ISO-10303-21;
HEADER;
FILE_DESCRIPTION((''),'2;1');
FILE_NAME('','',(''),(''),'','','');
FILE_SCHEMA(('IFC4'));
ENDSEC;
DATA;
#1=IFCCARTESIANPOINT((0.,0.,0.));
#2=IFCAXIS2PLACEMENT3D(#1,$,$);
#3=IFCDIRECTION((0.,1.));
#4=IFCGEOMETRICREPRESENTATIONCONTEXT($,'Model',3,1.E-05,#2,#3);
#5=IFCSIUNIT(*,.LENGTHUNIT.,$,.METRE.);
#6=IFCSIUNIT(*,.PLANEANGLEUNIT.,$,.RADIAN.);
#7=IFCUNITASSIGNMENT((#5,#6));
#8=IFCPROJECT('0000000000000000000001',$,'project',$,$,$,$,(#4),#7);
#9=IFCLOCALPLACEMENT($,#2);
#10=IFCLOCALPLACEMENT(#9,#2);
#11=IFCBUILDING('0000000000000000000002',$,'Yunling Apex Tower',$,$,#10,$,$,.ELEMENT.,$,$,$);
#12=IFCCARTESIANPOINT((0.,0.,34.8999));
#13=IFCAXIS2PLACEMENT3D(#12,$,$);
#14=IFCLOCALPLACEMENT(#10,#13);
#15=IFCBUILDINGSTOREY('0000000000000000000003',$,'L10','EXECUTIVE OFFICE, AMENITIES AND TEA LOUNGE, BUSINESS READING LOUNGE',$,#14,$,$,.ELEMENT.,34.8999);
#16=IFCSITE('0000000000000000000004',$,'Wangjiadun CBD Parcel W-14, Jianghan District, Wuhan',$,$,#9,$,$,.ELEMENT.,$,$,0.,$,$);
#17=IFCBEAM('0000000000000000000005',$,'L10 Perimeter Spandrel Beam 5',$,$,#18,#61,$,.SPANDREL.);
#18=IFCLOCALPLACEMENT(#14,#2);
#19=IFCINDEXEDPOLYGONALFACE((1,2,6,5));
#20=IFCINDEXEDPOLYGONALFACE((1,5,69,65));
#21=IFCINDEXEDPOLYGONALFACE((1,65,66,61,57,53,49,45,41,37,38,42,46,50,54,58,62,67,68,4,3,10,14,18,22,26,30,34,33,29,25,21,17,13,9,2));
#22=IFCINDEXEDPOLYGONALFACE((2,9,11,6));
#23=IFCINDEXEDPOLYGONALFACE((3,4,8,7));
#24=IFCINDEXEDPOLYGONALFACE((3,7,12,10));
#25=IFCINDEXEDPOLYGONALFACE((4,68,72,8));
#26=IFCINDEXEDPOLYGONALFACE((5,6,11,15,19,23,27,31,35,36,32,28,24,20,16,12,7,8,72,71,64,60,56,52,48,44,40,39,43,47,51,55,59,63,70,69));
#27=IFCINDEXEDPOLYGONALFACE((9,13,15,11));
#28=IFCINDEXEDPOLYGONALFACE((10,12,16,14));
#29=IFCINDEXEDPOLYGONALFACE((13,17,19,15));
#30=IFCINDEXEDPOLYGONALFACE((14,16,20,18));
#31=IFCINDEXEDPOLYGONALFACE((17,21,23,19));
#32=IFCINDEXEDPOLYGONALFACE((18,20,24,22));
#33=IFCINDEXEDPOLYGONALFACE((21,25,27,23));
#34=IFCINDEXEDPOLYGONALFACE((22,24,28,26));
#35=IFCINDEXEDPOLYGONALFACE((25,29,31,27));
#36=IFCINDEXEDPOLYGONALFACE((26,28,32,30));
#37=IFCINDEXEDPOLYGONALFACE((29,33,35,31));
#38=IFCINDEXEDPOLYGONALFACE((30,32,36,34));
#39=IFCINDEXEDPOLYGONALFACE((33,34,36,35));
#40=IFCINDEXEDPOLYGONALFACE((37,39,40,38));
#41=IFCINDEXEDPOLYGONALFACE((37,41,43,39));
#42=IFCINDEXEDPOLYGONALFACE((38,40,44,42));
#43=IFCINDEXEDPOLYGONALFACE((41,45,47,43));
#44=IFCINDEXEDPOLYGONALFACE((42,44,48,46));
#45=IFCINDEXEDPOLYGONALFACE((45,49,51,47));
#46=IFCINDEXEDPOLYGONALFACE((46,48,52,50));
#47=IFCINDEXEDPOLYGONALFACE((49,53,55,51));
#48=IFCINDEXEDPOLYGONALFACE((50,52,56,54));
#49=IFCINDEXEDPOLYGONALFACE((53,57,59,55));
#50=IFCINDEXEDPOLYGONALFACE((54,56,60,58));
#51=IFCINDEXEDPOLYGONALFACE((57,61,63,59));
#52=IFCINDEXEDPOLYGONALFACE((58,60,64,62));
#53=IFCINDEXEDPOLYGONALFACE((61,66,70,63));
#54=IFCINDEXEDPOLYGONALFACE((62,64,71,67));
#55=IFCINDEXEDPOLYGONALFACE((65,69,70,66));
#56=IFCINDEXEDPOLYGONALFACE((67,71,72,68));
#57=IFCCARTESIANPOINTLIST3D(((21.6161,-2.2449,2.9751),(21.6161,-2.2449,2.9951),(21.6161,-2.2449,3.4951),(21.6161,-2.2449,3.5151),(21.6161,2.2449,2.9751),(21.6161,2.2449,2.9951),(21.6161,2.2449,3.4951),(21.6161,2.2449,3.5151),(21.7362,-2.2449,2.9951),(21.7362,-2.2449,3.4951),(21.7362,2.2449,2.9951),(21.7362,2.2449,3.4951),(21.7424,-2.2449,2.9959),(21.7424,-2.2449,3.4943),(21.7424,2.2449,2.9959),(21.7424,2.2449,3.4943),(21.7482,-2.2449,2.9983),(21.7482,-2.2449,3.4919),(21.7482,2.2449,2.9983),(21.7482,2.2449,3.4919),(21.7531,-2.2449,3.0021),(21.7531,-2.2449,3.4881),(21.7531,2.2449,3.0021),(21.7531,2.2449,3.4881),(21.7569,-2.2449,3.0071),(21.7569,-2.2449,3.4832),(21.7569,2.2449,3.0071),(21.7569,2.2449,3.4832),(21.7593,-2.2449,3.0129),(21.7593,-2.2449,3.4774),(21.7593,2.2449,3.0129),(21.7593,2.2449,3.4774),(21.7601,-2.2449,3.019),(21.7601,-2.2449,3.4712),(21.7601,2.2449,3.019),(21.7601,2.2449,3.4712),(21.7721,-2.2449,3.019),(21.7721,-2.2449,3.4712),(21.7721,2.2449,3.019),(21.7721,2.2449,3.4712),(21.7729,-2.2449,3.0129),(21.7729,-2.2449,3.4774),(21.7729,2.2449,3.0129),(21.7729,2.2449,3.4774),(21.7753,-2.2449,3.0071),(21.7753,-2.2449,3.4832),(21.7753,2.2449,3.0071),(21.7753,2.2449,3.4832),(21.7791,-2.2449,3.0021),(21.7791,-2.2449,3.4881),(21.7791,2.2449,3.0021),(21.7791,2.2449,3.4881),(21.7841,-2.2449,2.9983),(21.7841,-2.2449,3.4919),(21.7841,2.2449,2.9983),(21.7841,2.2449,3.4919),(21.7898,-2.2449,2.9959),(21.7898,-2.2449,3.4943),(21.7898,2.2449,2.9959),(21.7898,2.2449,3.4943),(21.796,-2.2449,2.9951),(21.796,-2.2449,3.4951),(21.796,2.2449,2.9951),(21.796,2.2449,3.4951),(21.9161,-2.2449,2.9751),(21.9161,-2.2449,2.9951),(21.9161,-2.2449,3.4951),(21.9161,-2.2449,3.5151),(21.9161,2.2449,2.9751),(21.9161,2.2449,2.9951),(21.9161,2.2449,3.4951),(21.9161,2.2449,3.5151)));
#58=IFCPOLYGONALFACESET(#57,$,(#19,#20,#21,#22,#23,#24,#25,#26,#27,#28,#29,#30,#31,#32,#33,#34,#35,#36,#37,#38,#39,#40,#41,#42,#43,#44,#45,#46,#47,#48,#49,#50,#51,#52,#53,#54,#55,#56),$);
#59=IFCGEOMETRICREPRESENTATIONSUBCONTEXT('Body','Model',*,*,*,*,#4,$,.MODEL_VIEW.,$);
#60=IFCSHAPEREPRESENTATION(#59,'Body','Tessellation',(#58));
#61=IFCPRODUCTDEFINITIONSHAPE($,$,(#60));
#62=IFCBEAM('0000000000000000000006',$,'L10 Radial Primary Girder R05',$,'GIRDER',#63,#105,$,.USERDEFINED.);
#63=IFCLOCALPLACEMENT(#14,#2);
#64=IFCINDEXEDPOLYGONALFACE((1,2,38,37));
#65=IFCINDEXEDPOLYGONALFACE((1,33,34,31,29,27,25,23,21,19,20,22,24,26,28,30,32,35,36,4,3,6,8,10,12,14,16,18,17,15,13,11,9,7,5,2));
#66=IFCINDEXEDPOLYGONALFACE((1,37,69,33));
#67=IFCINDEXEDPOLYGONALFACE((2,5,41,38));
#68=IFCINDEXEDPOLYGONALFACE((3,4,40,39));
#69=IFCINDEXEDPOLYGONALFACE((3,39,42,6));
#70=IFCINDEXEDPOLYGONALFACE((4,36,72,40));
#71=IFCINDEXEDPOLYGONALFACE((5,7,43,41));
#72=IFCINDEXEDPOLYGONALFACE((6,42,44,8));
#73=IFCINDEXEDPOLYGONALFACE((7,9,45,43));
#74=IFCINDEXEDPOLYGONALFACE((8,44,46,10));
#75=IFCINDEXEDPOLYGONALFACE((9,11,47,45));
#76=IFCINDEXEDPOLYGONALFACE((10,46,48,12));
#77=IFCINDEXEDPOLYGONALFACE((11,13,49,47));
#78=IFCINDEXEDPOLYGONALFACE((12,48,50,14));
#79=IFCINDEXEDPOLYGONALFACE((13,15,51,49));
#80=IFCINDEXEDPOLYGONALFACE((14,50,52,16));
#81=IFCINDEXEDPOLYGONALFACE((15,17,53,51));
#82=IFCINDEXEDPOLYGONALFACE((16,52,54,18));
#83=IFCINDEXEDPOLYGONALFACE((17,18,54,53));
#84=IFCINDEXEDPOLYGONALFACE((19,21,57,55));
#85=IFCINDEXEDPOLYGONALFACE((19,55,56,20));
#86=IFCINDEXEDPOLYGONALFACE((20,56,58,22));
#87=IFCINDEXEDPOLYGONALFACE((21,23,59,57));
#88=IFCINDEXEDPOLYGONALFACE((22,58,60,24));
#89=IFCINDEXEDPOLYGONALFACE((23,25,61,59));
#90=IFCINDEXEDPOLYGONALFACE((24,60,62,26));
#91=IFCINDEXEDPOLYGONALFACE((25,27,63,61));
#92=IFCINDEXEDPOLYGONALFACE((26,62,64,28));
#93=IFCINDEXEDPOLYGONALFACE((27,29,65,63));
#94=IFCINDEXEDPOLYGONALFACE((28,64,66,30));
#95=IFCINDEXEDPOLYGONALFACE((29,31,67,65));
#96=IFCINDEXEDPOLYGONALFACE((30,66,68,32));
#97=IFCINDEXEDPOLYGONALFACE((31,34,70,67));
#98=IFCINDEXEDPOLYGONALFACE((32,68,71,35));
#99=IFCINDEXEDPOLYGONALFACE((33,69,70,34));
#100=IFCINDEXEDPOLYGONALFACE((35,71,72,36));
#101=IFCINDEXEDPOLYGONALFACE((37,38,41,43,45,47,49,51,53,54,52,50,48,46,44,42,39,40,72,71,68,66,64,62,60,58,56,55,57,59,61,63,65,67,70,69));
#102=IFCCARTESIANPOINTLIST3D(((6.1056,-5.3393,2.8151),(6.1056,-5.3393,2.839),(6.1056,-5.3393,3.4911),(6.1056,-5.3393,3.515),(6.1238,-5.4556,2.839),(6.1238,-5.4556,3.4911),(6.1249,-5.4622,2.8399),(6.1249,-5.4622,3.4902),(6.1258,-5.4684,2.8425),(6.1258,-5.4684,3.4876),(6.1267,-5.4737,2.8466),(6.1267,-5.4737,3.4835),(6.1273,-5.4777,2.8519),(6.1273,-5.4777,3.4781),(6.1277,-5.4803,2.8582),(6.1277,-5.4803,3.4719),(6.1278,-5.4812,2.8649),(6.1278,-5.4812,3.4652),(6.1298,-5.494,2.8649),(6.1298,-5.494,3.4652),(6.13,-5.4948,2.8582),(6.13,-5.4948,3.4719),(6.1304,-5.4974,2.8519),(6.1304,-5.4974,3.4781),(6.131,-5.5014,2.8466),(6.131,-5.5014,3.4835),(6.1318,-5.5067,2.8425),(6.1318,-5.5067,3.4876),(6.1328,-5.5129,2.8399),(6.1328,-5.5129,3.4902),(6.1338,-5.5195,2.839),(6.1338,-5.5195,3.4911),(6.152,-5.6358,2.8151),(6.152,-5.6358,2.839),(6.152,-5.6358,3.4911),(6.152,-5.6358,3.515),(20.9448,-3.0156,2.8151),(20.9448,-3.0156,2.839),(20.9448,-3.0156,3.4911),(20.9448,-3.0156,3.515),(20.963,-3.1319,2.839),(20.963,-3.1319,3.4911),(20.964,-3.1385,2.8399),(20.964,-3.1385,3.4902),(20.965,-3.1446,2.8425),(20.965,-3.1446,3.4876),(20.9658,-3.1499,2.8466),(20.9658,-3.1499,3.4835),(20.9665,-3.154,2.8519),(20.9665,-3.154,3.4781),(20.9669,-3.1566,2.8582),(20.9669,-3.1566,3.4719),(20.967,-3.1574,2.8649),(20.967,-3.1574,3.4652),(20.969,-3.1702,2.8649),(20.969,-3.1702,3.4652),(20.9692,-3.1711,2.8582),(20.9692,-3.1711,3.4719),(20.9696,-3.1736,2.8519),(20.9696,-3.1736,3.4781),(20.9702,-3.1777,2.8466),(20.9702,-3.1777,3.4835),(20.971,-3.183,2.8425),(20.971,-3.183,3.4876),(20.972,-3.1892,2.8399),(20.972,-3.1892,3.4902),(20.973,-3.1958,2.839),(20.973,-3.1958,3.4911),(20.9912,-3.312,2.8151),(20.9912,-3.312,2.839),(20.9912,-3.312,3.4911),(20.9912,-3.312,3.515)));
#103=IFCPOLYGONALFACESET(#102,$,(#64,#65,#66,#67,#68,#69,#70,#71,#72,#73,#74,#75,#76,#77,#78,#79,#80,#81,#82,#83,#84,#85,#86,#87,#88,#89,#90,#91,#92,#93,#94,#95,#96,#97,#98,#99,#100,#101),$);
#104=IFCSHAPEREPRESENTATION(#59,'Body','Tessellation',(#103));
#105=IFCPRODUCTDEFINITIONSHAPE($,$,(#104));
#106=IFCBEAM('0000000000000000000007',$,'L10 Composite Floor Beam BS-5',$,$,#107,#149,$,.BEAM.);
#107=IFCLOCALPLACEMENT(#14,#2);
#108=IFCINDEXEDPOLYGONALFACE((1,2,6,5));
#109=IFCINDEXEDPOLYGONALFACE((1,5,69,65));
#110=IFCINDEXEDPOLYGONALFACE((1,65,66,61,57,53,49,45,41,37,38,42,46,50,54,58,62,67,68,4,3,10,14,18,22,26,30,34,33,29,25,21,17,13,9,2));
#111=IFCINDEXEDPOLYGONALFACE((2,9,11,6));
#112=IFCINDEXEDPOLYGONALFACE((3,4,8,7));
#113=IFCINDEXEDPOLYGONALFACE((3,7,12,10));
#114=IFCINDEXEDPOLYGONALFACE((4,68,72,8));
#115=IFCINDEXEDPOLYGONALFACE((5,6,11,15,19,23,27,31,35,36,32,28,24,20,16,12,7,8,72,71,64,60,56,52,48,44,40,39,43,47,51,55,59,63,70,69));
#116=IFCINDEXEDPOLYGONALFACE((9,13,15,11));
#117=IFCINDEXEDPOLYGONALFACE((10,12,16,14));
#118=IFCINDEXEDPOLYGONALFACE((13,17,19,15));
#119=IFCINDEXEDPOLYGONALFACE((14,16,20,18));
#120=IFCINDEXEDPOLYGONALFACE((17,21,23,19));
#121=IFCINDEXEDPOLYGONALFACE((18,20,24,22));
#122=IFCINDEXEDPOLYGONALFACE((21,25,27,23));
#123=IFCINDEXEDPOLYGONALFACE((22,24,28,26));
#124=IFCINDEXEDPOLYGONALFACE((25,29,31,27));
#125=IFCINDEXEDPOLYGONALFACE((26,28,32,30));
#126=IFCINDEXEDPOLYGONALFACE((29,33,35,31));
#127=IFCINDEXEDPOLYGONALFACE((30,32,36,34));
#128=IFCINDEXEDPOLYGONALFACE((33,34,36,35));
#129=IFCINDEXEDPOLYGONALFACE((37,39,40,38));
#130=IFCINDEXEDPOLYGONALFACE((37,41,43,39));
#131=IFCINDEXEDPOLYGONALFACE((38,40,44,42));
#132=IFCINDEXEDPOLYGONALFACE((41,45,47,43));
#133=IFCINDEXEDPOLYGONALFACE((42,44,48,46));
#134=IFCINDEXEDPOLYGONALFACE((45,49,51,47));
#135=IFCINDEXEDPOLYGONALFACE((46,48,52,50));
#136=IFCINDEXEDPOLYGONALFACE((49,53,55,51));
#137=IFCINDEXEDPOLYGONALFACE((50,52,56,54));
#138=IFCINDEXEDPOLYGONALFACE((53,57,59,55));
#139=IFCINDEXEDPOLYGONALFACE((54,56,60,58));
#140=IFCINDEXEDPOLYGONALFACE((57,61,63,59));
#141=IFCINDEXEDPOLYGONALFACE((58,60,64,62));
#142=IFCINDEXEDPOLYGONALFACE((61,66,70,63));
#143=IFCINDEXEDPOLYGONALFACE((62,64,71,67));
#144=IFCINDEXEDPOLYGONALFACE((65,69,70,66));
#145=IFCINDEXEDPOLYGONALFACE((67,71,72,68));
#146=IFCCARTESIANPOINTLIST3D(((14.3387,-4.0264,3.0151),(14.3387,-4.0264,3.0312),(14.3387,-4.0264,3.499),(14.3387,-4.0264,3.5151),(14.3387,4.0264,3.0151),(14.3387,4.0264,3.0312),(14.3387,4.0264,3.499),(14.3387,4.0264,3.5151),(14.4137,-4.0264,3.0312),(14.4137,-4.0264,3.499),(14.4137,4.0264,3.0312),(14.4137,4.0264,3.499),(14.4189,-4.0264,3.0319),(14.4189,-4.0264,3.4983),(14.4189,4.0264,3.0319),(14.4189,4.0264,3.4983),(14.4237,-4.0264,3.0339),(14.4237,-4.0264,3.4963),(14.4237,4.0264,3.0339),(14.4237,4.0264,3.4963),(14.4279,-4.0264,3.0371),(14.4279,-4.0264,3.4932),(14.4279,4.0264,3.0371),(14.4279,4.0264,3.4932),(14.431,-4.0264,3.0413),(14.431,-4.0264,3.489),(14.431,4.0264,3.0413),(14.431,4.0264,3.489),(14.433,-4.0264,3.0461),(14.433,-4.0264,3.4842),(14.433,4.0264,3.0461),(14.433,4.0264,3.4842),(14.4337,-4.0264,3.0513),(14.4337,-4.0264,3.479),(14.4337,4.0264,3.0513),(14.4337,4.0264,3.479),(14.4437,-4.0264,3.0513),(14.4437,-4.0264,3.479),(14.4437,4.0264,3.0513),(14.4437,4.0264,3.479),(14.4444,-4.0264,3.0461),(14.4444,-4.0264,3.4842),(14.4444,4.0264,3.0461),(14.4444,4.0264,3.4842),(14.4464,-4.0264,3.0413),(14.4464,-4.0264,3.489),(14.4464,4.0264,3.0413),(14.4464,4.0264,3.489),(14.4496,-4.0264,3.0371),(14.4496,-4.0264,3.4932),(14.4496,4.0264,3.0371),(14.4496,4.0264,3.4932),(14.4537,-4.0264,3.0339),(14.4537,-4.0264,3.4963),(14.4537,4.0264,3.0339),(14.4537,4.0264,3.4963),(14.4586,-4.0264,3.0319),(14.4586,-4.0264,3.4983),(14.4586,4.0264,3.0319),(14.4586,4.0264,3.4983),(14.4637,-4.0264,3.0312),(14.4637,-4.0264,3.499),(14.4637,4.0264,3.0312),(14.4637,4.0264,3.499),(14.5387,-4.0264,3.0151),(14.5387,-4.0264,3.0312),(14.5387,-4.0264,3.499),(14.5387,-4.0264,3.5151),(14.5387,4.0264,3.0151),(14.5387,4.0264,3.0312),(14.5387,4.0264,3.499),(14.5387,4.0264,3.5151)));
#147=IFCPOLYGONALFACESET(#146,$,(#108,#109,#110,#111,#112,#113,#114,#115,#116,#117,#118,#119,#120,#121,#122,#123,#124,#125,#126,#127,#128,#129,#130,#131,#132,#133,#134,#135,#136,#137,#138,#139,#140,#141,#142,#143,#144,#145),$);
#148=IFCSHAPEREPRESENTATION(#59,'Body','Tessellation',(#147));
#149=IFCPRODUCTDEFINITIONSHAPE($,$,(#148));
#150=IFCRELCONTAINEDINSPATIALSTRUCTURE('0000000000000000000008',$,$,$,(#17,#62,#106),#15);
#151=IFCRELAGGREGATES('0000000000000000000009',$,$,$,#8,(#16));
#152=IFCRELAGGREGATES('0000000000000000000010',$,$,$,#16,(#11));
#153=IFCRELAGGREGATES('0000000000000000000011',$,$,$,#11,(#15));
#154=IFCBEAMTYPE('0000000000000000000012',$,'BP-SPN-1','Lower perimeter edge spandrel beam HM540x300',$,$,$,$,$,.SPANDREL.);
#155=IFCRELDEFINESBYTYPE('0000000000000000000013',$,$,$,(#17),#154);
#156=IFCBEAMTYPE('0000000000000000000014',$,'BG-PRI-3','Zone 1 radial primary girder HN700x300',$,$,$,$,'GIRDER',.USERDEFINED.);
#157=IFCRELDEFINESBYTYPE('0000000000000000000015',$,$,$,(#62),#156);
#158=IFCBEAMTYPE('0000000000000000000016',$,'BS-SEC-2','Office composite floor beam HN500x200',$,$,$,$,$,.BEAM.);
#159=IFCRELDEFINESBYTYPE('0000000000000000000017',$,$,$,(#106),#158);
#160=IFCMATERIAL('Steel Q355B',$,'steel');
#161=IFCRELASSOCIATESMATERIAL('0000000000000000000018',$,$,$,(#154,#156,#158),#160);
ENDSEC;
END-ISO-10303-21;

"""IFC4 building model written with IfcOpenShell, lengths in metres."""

from ifc_helpers import new_model, si_unit, direction, frame, origin, origin_2d, place, context, subcontext, project, spatial, i_section, extrude, source, transform, mapped, material, material_profile, profile_set, type_object, element, save


model = new_model("IFC4")

# Units and contexts
model_context = context("Model", 3, precision=1e-05, world=origin(), true_north=direction((0.0, 1.0)))
body_context = subcontext(model_context, "Body", "Model", "MODEL_VIEW")
ifc_project = project(units=[si_unit("LENGTHUNIT", "METRE"), si_unit("PLANEANGLEUNIT", "RADIAN")], contexts=[model_context])

# Site, building, storey
site_placement = place(None, origin())
site = spatial("IfcSite", under=ifc_project, at=site_placement, Name="Wangjiadun CBD Parcel W-14, Jianghan District, Wuhan", CompositionType="ELEMENT", RefElevation=0.0)
building_placement = place(site_placement, origin())
building = spatial("IfcBuilding", under=site, at=building_placement, Name="Yunling Apex Tower", CompositionType="ELEMENT")
storey_placement = place(building_placement, frame((0.0, 0.0, 34.8999)))
storey = spatial("IfcBuildingStorey", under=building, at=storey_placement, Name="L10", Description="EXECUTIVE OFFICE, AMENITIES AND TEA LOUNGE, BUSINESS READING LOUNGE", CompositionType="ELEMENT", Elevation=34.8999)

# Beams
ifc_material_1 = material(Name="Steel Q355B", Category="steel")
ifc_material_profile_1 = material_profile(ifc_material_1, i_section(OverallWidth=0.3, OverallDepth=0.54, WebThickness=0.012, FlangeThickness=0.02, FilletRadius=0.0239, at=origin_2d()))
ifc_profile_set_1 = profile_set([ifc_material_profile_1], Name="Steel Q355B")
beam_type_1 = type_object("IfcBeamType", Name="BP-SPN-1", Description="Lower perimeter edge spandrel beam HM540x300", PredefinedType="SPANDREL", material=ifc_profile_set_1)
shared_shape_1 = source(origin(), body_context, "Body", "SweptSolid", [
    extrude(i_section(OverallWidth=0.3, OverallDepth=0.54, WebThickness=0.012, FlangeThickness=0.02, FilletRadius=0.0239, at=origin_2d()), origin(), (0.0, 0.0, 1.0), 4.4897),
])
beam_1_placement = place(storey_placement, frame((21.7661, -2.2449, 3.2451), z_axis=(0.0, 1.0, 0.0), x_axis=(-1.0, 0.0, 0.0)))
element("IfcBeam", 1, at=beam_1_placement, inside=storey, type_object=beam_type_1, Name="L10 Perimeter Spandrel Beam 5", PredefinedType="SPANDREL", context=body_context, shape_type="MappedRepresentation", body=[
    mapped(shared_shape_1, transform((0.0, 0.0, 0.0), scale=1.0)),
])
ifc_material_profile_2 = material_profile(ifc_material_1, i_section(OverallWidth=0.3, OverallDepth=0.7, WebThickness=0.0129, FlangeThickness=0.0239, FilletRadius=0.0259, at=origin_2d()))
ifc_profile_set_2 = profile_set([ifc_material_profile_2], Name="Steel Q355B")
beam_type_2 = type_object("IfcBeamType", Name="BG-PRI-3", Description="Zone 1 radial primary girder HN700x300", ElementType="GIRDER", PredefinedType="USERDEFINED", material=ifc_profile_set_2)
shared_shape_2 = source(origin(), body_context, "Body", "SweptSolid", [
    extrude(i_section(OverallWidth=0.3, OverallDepth=0.7, WebThickness=0.0129, FlangeThickness=0.0239, FilletRadius=0.0259, at=origin_2d()), origin(), (0.0, 0.0, 1.0), 15.02),
])
beam_2_placement = place(storey_placement, frame((20.968, -3.1638, 3.165), z_axis=(-0.98796, -0.15471, 0.0), x_axis=(0.15471, -0.98796, 0.0)))
element("IfcBeam", 2, at=beam_2_placement, inside=storey, type_object=beam_type_2, Name="L10 Radial Primary Girder R05", ObjectType="GIRDER", PredefinedType="USERDEFINED", context=body_context, shape_type="MappedRepresentation", body=[
    mapped(shared_shape_2, transform((0.0, 0.0, 0.0), scale=1.0)),
])
ifc_material_profile_3 = material_profile(ifc_material_1, i_section(OverallWidth=0.2, OverallDepth=0.5, WebThickness=0.01, FlangeThickness=0.0161, FilletRadius=0.02, at=origin_2d()))
ifc_profile_set_3 = profile_set([ifc_material_profile_3], Name="Steel Q355B")
beam_type_3 = type_object("IfcBeamType", Name="BS-SEC-2", Description="Office composite floor beam HN500x200", PredefinedType="BEAM", material=ifc_profile_set_3)
shared_shape_3 = source(origin(), body_context, "Body", "SweptSolid", [
    extrude(i_section(OverallWidth=0.2, OverallDepth=0.5, WebThickness=0.01, FlangeThickness=0.0161, FilletRadius=0.02, at=origin_2d()), origin(), (0.0, 0.0, 1.0), 8.0527),
])
beam_3_placement = place(storey_placement, frame((14.4387, -4.0264, 3.2651), z_axis=(0.0, 1.0, 0.0), x_axis=(-1.0, 0.0, 0.0)))
element("IfcBeam", 3, at=beam_3_placement, inside=storey, type_object=beam_type_3, Name="L10 Composite Floor Beam BS-5", PredefinedType="BEAM", context=body_context, shape_type="MappedRepresentation", body=[
    mapped(shared_shape_3, transform((0.0, 0.0, 0.0), scale=1.0)),
])

save(model, "model.ifc")
